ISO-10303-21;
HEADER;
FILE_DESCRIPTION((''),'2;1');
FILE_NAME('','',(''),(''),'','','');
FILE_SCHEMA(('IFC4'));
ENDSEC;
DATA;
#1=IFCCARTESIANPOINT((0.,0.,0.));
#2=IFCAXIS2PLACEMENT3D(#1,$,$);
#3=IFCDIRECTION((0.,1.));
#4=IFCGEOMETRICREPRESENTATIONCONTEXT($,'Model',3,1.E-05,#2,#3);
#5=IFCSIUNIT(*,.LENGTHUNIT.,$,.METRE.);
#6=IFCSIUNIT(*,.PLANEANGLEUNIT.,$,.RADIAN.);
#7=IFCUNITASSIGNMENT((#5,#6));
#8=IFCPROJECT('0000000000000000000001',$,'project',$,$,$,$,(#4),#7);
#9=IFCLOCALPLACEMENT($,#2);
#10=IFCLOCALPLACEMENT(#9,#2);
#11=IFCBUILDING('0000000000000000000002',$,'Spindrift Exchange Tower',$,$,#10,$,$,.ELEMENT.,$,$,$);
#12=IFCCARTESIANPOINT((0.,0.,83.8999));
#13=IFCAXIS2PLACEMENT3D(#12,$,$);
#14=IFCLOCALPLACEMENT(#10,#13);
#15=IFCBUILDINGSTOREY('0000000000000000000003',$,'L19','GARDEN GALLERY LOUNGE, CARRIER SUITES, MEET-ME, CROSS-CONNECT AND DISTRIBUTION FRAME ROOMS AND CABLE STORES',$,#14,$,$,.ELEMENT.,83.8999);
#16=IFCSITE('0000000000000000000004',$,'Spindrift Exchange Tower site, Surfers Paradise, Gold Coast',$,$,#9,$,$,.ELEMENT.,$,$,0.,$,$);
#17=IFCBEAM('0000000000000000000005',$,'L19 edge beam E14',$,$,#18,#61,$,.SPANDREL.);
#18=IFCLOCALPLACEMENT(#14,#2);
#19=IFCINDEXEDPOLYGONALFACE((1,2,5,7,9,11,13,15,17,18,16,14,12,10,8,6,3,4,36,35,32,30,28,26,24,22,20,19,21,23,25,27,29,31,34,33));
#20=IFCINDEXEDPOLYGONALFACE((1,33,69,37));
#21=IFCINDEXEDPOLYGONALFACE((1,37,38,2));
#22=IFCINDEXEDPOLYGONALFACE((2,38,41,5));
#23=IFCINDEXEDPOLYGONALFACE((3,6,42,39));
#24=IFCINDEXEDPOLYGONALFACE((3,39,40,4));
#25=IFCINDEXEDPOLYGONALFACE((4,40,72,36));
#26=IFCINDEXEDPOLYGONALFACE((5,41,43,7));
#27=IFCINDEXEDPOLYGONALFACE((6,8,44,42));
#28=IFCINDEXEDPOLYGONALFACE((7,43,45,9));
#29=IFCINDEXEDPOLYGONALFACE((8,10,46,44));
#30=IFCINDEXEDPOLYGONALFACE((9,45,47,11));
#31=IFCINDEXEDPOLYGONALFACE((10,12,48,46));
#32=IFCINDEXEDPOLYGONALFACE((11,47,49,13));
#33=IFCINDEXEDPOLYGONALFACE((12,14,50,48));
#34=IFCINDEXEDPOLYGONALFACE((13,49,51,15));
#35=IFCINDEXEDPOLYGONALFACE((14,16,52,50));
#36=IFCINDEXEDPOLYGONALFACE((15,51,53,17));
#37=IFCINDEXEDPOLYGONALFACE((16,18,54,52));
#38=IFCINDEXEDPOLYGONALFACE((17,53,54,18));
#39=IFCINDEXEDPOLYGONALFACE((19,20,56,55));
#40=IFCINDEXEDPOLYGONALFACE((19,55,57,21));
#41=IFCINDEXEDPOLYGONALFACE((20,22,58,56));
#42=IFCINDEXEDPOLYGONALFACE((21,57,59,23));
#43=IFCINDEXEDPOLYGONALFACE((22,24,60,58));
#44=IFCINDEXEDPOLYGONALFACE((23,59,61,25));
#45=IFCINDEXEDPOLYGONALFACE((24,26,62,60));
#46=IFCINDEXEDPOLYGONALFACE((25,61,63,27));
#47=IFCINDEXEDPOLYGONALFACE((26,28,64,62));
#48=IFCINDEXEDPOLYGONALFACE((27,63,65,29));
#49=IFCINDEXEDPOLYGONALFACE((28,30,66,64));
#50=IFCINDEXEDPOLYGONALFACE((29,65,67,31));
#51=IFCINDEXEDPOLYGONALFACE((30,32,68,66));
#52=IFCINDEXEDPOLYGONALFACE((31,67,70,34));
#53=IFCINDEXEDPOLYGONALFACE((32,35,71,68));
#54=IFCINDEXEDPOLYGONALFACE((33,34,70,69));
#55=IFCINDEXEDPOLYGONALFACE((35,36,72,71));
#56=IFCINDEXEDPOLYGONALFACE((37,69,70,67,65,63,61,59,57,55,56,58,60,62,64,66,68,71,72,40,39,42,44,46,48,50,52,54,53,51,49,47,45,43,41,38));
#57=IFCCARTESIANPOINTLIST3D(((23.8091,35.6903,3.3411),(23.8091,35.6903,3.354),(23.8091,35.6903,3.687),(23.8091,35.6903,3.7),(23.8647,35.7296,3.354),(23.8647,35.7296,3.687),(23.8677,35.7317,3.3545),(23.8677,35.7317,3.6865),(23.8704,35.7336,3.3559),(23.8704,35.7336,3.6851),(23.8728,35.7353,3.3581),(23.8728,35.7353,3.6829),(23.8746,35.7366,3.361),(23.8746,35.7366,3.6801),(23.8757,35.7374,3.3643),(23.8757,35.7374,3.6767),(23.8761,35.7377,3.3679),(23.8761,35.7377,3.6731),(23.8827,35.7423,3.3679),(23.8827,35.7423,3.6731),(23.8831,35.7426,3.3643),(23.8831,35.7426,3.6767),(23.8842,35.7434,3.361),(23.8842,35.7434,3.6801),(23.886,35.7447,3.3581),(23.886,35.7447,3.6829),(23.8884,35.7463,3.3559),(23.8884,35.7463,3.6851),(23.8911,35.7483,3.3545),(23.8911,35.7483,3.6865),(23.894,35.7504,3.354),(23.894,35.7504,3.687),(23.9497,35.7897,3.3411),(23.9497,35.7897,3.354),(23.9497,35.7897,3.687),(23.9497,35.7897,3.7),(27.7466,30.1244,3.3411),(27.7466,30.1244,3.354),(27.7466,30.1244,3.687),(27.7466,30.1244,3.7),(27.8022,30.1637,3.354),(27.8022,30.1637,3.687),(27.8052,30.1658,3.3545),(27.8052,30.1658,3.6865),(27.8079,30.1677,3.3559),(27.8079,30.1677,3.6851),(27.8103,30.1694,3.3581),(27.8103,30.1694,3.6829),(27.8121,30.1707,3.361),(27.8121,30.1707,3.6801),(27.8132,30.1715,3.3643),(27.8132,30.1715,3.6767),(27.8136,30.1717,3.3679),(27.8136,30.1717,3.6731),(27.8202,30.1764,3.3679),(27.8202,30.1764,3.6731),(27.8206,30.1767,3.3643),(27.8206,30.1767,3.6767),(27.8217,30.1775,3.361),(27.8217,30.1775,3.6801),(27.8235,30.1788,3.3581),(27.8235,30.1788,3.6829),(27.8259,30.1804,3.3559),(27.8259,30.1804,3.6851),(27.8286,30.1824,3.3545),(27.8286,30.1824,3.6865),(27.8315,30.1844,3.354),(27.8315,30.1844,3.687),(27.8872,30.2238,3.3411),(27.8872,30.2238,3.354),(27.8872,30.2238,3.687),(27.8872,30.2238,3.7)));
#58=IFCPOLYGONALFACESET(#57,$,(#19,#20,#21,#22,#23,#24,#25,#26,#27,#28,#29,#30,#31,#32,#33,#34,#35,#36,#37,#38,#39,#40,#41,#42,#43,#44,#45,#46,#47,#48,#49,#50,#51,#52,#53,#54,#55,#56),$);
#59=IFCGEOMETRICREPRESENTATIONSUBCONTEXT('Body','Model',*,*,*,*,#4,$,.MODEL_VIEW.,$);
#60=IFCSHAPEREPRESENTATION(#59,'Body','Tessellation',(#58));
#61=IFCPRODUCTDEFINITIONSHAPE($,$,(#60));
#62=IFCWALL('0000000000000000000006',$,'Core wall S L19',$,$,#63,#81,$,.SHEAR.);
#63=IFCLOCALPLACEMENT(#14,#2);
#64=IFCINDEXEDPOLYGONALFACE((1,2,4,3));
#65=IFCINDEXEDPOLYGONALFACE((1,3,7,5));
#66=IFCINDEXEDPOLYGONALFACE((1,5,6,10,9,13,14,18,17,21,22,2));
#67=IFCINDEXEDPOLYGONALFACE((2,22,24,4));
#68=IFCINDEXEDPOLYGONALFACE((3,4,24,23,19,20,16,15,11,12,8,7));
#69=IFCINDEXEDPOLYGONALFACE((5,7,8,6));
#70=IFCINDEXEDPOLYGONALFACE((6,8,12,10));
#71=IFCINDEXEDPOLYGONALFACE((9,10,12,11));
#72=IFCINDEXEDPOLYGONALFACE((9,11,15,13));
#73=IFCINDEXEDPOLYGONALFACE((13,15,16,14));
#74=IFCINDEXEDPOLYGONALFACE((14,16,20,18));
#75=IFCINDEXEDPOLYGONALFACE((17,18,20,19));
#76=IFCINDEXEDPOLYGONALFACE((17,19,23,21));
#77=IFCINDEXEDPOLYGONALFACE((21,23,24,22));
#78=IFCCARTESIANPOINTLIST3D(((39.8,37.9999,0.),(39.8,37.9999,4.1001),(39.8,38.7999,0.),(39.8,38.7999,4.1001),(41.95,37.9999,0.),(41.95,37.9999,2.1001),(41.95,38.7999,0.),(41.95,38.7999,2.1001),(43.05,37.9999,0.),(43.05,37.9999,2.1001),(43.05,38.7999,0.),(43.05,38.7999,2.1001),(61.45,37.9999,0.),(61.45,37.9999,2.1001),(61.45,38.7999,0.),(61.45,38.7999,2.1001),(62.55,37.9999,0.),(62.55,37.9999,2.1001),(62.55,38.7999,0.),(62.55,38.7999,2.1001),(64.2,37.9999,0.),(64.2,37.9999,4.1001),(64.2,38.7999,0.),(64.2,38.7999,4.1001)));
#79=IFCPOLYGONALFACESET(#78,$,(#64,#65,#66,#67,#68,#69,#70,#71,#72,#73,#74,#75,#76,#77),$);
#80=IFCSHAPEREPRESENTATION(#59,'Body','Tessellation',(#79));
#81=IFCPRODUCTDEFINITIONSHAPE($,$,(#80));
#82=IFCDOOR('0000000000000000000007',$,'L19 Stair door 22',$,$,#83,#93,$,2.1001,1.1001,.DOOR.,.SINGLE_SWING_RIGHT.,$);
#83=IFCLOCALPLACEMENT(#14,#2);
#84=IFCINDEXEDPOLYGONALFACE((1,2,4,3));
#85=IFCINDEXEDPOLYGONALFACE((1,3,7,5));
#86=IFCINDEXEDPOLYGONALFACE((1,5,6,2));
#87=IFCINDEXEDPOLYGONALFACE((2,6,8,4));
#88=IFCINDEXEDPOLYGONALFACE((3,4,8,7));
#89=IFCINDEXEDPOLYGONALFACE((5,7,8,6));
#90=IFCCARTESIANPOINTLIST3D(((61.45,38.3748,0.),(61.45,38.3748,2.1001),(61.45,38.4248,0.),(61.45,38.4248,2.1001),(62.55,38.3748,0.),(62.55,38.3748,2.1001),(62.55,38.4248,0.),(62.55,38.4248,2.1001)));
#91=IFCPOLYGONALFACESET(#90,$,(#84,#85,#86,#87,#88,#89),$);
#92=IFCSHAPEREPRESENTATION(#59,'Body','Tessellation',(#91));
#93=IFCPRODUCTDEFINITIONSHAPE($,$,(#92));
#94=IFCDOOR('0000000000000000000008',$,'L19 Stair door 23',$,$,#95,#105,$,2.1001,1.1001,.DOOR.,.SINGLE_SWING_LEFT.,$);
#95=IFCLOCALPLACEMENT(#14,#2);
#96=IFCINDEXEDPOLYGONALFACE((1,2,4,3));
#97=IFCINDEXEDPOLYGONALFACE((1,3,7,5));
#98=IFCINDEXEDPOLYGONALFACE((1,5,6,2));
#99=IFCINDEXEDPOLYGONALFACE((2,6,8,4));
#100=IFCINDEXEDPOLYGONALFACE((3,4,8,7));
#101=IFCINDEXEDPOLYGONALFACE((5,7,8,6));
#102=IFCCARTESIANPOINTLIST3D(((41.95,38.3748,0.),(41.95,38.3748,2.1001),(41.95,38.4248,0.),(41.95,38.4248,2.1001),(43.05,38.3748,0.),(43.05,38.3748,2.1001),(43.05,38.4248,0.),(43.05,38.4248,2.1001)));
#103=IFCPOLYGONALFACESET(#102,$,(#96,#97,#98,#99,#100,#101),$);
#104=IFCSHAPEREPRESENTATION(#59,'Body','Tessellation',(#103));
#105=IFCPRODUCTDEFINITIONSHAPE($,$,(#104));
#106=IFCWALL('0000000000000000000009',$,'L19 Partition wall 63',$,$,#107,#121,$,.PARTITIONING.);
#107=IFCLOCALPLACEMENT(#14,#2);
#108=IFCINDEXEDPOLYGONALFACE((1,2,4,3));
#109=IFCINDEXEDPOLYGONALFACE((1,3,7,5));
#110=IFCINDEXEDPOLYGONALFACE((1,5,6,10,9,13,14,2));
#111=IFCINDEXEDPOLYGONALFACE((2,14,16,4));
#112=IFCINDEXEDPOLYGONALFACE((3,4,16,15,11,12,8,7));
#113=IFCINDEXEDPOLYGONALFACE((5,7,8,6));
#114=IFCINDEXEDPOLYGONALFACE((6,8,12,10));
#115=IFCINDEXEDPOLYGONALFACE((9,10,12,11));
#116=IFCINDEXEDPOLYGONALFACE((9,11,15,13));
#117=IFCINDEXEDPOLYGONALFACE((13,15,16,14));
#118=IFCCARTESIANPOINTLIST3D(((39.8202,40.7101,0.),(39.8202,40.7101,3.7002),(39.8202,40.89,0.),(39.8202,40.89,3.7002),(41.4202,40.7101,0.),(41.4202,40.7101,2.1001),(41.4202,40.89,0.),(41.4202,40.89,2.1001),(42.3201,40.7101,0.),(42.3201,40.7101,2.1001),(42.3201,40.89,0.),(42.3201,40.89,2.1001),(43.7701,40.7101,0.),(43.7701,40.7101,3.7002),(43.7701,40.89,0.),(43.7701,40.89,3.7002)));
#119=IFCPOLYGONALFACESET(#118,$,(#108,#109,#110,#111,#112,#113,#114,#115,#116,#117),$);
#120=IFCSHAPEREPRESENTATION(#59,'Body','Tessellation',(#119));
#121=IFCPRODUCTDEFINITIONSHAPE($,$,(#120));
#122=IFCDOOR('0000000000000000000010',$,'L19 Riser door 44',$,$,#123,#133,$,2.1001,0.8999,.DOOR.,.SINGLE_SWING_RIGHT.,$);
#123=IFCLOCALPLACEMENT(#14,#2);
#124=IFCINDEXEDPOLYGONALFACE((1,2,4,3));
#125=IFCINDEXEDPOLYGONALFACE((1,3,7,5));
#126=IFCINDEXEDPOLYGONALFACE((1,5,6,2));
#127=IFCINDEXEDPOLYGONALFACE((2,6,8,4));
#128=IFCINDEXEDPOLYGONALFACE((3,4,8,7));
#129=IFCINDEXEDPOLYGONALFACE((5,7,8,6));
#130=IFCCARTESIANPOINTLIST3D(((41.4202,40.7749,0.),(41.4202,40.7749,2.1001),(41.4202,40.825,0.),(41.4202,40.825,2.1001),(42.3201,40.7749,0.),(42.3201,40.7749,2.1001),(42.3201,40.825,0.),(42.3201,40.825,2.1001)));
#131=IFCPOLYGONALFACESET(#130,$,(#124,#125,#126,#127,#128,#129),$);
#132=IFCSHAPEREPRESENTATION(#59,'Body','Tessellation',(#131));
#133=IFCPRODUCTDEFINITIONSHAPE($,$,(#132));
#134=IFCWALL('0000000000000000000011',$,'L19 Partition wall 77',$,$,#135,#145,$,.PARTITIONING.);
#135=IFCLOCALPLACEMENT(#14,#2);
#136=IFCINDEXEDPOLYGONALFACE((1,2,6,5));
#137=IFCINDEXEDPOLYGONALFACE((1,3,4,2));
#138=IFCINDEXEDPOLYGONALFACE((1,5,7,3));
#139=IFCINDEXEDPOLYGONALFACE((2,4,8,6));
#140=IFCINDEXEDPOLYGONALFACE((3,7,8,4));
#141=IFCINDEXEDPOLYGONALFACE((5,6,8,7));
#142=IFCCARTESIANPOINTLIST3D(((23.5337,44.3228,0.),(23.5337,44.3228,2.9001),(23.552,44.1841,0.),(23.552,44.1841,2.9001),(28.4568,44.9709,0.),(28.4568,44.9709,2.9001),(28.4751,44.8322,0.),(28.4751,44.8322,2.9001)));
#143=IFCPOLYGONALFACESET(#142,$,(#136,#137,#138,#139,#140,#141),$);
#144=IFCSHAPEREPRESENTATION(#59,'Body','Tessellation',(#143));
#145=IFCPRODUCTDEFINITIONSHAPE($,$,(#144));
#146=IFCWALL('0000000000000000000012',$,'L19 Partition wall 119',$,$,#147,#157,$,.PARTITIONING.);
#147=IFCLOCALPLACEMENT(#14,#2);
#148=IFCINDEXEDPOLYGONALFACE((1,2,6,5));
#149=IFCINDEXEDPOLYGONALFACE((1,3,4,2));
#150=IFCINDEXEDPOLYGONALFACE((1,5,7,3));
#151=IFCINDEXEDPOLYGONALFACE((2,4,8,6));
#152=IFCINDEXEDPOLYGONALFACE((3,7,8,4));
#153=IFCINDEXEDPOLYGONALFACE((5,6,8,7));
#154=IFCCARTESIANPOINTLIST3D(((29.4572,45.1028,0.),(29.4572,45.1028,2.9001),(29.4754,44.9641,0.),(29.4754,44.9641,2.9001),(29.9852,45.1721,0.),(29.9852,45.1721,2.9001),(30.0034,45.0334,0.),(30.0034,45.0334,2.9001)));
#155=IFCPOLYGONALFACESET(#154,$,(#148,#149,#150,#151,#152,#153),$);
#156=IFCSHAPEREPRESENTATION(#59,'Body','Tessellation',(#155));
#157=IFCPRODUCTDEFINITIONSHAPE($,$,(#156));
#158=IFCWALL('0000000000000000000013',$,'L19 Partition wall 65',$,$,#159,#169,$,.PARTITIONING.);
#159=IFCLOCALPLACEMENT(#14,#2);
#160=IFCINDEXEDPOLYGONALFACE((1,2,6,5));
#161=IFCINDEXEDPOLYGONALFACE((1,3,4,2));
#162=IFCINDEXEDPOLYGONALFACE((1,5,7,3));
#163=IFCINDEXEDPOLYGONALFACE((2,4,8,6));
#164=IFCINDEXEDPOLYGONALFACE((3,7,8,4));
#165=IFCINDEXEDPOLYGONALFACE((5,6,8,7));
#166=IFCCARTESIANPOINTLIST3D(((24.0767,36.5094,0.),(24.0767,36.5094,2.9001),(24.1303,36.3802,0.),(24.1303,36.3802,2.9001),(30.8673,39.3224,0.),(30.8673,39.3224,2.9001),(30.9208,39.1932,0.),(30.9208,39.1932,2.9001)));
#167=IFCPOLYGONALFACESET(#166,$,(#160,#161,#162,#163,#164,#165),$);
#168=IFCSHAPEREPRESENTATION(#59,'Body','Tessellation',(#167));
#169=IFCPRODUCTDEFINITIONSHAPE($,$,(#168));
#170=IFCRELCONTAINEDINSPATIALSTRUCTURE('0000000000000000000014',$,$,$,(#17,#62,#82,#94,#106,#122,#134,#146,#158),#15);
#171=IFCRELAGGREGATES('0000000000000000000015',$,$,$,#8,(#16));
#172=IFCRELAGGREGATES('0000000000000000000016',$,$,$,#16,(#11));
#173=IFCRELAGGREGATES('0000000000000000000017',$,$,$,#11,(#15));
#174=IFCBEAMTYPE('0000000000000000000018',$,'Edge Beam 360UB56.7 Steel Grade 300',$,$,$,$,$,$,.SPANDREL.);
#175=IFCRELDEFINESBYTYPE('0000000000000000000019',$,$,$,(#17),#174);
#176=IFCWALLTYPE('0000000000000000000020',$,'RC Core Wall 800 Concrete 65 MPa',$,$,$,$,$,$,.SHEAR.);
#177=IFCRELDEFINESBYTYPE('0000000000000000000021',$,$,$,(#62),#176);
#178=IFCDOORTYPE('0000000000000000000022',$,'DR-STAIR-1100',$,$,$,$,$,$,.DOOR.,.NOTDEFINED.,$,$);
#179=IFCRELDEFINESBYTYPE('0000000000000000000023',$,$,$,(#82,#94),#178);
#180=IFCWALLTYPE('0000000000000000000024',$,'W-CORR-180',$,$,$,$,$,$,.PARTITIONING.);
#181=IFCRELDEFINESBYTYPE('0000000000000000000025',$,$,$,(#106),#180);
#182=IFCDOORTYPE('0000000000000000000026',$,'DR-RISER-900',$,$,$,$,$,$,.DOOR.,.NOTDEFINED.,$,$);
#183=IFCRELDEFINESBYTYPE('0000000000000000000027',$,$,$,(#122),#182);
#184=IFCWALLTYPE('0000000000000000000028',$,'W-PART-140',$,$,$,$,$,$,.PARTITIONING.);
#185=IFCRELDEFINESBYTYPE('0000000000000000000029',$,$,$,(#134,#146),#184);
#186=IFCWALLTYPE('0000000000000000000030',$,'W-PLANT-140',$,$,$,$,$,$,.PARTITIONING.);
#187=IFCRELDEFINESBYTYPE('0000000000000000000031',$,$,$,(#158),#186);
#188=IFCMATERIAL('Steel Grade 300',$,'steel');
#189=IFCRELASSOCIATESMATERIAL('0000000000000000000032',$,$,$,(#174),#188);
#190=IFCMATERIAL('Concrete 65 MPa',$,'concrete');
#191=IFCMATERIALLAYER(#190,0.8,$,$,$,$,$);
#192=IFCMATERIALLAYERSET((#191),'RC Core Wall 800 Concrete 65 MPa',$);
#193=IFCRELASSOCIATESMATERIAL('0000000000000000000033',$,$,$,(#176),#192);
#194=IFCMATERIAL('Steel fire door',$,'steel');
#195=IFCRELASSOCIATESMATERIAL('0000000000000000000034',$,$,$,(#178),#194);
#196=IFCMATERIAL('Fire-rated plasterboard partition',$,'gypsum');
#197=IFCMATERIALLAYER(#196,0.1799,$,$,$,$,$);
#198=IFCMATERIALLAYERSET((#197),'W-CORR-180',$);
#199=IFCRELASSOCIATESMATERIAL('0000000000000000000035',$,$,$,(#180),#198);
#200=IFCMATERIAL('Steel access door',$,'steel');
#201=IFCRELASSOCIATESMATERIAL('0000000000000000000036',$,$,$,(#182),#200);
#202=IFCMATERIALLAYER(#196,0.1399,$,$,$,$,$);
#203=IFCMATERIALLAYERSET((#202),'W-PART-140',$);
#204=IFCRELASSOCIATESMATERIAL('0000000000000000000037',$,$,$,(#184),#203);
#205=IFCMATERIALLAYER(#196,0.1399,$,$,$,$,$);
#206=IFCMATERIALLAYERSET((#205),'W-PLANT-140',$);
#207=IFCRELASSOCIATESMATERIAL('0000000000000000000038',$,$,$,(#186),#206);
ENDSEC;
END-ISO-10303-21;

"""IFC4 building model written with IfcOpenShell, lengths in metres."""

from ifc_helpers import new_model, si_unit, direction, frame, frame_2d, origin, origin_2d, place, context, subcontext, project, spatial, rectangle, i_section, extrude, source, transform, mapped, material, layer, layer_set, material_profile, profile_set, type_object, element, fill, save


model = new_model("IFC4")

# Units and contexts
model_context = context("Model", 3, precision=1e-05, world=origin(), true_north=direction((0.0, 1.0)))
body_context = subcontext(model_context, "Body", "Model", "MODEL_VIEW")
ifc_project = project(units=[si_unit("LENGTHUNIT", "METRE"), si_unit("PLANEANGLEUNIT", "RADIAN")], contexts=[model_context])

# Site, building, storey
site_placement = place(None, origin())
site = spatial("IfcSite", under=ifc_project, at=site_placement, Name="Spindrift Exchange Tower site, Surfers Paradise, Gold Coast", CompositionType="ELEMENT", RefElevation=0.0)
building_placement = place(site_placement, origin())
building = spatial("IfcBuilding", under=site, at=building_placement, Name="Spindrift Exchange Tower", CompositionType="ELEMENT")
storey_placement = place(building_placement, frame((0.0, 0.0, 83.8999)))
storey = spatial("IfcBuildingStorey", under=building, at=storey_placement, Name="L19", Description="GARDEN GALLERY LOUNGE, CARRIER SUITES, MEET-ME, CROSS-CONNECT AND DISTRIBUTION FRAME ROOMS AND CABLE STORES", CompositionType="ELEMENT", Elevation=83.8999)

# Shared definitions
ifc_material_1 = material(Name="Concrete 65 MPa", Category="concrete")

# Beam
ifc_material_2 = material(Name="Steel Grade 300", Category="steel")
ifc_material_profile_1 = material_profile(ifc_material_2, i_section(OverallWidth=0.1721, OverallDepth=0.3589, WebThickness=0.0081, FlangeThickness=0.0129, FilletRadius=0.0139, at=origin_2d()), Name="360UB56.7")
ifc_profile_set_1 = profile_set([ifc_material_profile_1], Name="Steel Grade 300")
beam_type_1 = type_object("IfcBeamType", Name="Edge Beam 360UB56.7 Steel Grade 300", PredefinedType="SPANDREL", material=ifc_profile_set_1)
shared_shape_1 = source(origin(), body_context, "Body", "SweptSolid", [
    extrude(i_section(OverallWidth=0.1721, OverallDepth=0.3589, WebThickness=0.0081, FlangeThickness=0.0129, FilletRadius=0.0139, at=origin_2d()), origin(), (0.0, 0.0, 1.0), 6.8179),
])
beam_1_placement = place(storey_placement, frame((23.8794, 35.74, 3.5205), z_axis=(0.577526, -0.816372, 0.0), x_axis=(0.816372, 0.577526, 0.0)))
element("IfcBeam", 1, at=beam_1_placement, inside=storey, type_object=beam_type_1, Name="L19 edge beam E14", PredefinedType="SPANDREL", context=body_context, shape_type="MappedRepresentation", body=[
    mapped(shared_shape_1, transform((0.0, 0.0, 0.0), scale=1.0)),
])

# Wall, openings, doors
ifc_layer_1 = layer(ifc_material_1, 0.8)
ifc_layer_set_1 = layer_set([ifc_layer_1], Name="RC Core Wall 800 Concrete 65 MPa")
wall_type_1 = type_object("IfcWallType", Name="RC Core Wall 800 Concrete 65 MPa", PredefinedType="SHEAR", material=ifc_layer_set_1)
wall_1_placement = place(storey_placement, frame((39.8, 38.3999, 0.0), z_axis=(0.0, 0.0, 1.0), x_axis=(1.0, 0.0, 0.0)))
wall_1 = element("IfcWall", 2, at=wall_1_placement, inside=storey, type_object=wall_type_1, Name="Core wall S L19", PredefinedType="SHEAR", context=body_context, shape_type="SweptSolid", body=[
    extrude(rectangle(XDim=24.3999, YDim=0.8, at=frame_2d((12.2, 0.0))), origin(), (0.0, 0.0, 1.0), 4.1001),
])
opening_1_placement = place(wall_1_placement, frame((21.6499, 0.0, 0.0)))
opening_1 = element("IfcOpeningElement", 3, at=opening_1_placement, cuts=wall_1, PredefinedType="OPENING", context=body_context, shape_type="SweptSolid", body=[
    extrude(rectangle(XDim=1.1001, YDim=2.1001, at=frame_2d((0.55, 1.05))), frame((0.0, 0.4099, 0.0), z_axis=(0.0, -1.0, 0.0), x_axis=(1.0, 0.0, 0.0)), (0.0, 0.0, 1.0), 0.8201),
])
opening_2_placement = place(wall_1_placement, frame((2.1499, 0.0, 0.0)))
opening_2 = element("IfcOpeningElement", 4, at=opening_2_placement, cuts=wall_1, PredefinedType="OPENING", context=body_context, shape_type="SweptSolid", body=[
    extrude(rectangle(XDim=1.1001, YDim=2.1001, at=frame_2d((0.55, 1.05))), frame((0.0, 0.4099, 0.0), z_axis=(0.0, -1.0, 0.0), x_axis=(1.0, 0.0, 0.0)), (0.0, 0.0, 1.0), 0.8201),
])
ifc_material_3 = material(Name="Steel fire door", Category="steel")
door_type_1 = type_object("IfcDoorType", Name="DR-STAIR-1100", OperationType="NOTDEFINED", PredefinedType="DOOR", material=ifc_material_3)
shared_shape_2 = source(origin(), body_context, "Body", "SweptSolid", [
    extrude(rectangle(XDim=1.1001, YDim=2.1001, at=frame_2d((0.55, 1.05))), frame((0.0, 0.0249, 0.0), z_axis=(0.0, -1.0, 0.0), x_axis=(1.0, 0.0, 0.0)), (0.0, 0.0, 1.0), 0.05),
])
door_1_placement = place(opening_1_placement, origin())
door_1 = element("IfcDoor", 5, at=door_1_placement, inside=storey, type_object=door_type_1, Name="L19 Stair door 22", OperationType="SINGLE_SWING_RIGHT", OverallHeight=2.1001, OverallWidth=1.1001, PredefinedType="DOOR", context=body_context, shape_type="MappedRepresentation", body=[
    mapped(shared_shape_2, transform((0.0, 0.0, 0.0), scale=1.0)),
])
fill(opening_1, door_1)
door_2_placement = place(opening_2_placement, origin())
door_2 = element("IfcDoor", 6, at=door_2_placement, inside=storey, type_object=door_type_1, Name="L19 Stair door 23", OperationType="SINGLE_SWING_LEFT", OverallHeight=2.1001, OverallWidth=1.1001, PredefinedType="DOOR", context=body_context, shape_type="MappedRepresentation", body=[
    mapped(shared_shape_2, transform((0.0, 0.0, 0.0), scale=1.0)),
])
fill(opening_2, door_2)

# Wall, opening, door
ifc_material_4 = material(Name="Fire-rated plasterboard partition", Category="gypsum")
ifc_layer_2 = layer(ifc_material_4, 0.1799)
ifc_layer_set_2 = layer_set([ifc_layer_2], Name="W-CORR-180")
wall_type_2 = type_object("IfcWallType", Name="W-CORR-180", PredefinedType="PARTITIONING", material=ifc_layer_set_2)
wall_2_placement = place(storey_placement, frame((39.8201, 40.8, 0.0), z_axis=(0.0, 0.0, 1.0), x_axis=(1.0, 0.0, 0.0)))
wall_2 = element("IfcWall", 7, at=wall_2_placement, inside=storey, type_object=wall_type_2, Name="L19 Partition wall 63", PredefinedType="PARTITIONING", context=body_context, shape_type="SweptSolid", body=[
    extrude(rectangle(XDim=3.95, YDim=0.1799, at=frame_2d((1.9751, 0.0))), origin(), (0.0, 0.0, 1.0), 3.7002),
])
opening_3_placement = place(wall_2_placement, frame((1.6001, 0.0, 0.0)))
opening_3 = element("IfcOpeningElement", 8, at=opening_3_placement, cuts=wall_2, PredefinedType="OPENING", context=body_context, shape_type="SweptSolid", body=[
    extrude(rectangle(XDim=0.8999, YDim=2.1001, at=frame_2d((0.45, 1.05))), frame((0.0, 0.0999, 0.0), z_axis=(0.0, -1.0, 0.0), x_axis=(1.0, 0.0, 0.0)), (0.0, 0.0, 1.0), 0.2),
])
ifc_material_5 = material(Name="Steel access door", Category="steel")
door_type_2 = type_object("IfcDoorType", Name="DR-RISER-900", OperationType="NOTDEFINED", PredefinedType="DOOR", material=ifc_material_5)
shared_shape_3 = source(origin(), body_context, "Body", "SweptSolid", [
    extrude(rectangle(XDim=0.8999, YDim=2.1001, at=frame_2d((0.45, 1.05))), frame((0.0, 0.0249, 0.0), z_axis=(0.0, -1.0, 0.0), x_axis=(1.0, 0.0, 0.0)), (0.0, 0.0, 1.0), 0.05),
])
door_3_placement = place(opening_3_placement, origin())
door_3 = element("IfcDoor", 9, at=door_3_placement, inside=storey, type_object=door_type_2, Name="L19 Riser door 44", OperationType="SINGLE_SWING_RIGHT", OverallHeight=2.1001, OverallWidth=0.8999, PredefinedType="DOOR", context=body_context, shape_type="MappedRepresentation", body=[
    mapped(shared_shape_3, transform((0.0, 0.0, 0.0), scale=1.0)),
])
fill(opening_3, door_3)

# Walls
ifc_layer_3 = layer(ifc_material_4, 0.1399)
ifc_layer_set_3 = layer_set([ifc_layer_3], Name="W-PART-140")
wall_type_3 = type_object("IfcWallType", Name="W-PART-140", PredefinedType="PARTITIONING", material=ifc_layer_set_3)
wall_3_placement = place(storey_placement, frame((28.4661, 44.9016, 0.0), z_axis=(0.0, 0.0, 1.0), x_axis=(-0.991443, -0.130537, 0.0)))
element("IfcWall", 10, at=wall_3_placement, inside=storey, type_object=wall_type_3, Name="L19 Partition wall 77", PredefinedType="PARTITIONING", context=body_context, shape_type="SweptSolid", body=[
    extrude(rectangle(XDim=4.9656, YDim=0.1399, at=frame_2d((2.4829, 0.0))), origin(), (0.0, 0.0, 1.0), 2.9001),
])
wall_4_placement = place(storey_placement, frame((29.9941, 45.1028, 0.0), z_axis=(0.0, 0.0, 1.0), x_axis=(-0.991482, -0.130241, 0.0)))
element("IfcWall", 11, at=wall_4_placement, inside=storey, type_object=wall_type_3, Name="L19 Partition wall 119", PredefinedType="PARTITIONING", context=body_context, shape_type="SweptSolid", body=[
    extrude(rectangle(XDim=0.5325, YDim=0.1399, at=frame_2d((0.2661, 0.0))), origin(), (0.0, 0.0, 1.0), 2.9001),
])
ifc_layer_4 = layer(ifc_material_4, 0.1399)
ifc_layer_set_4 = layer_set([ifc_layer_4], Name="W-PLANT-140")
wall_type_4 = type_object("IfcWallType", Name="W-PLANT-140", PredefinedType="PARTITIONING", material=ifc_layer_set_4)
wall_5_placement = place(storey_placement, frame((24.1035, 36.4448, 0.0), z_axis=(0.0, 0.0, 1.0), x_axis=(0.923867, 0.382714, 0.0)))
element("IfcWall", 12, at=wall_5_placement, inside=storey, type_object=wall_type_4, Name="L19 Partition wall 65", PredefinedType="PARTITIONING", context=body_context, shape_type="SweptSolid", body=[
    extrude(rectangle(XDim=7.3501, YDim=0.1399, at=frame_2d((3.675, 0.0))), origin(), (0.0, 0.0, 1.0), 2.9001),
])

save(model, "model.ifc")
